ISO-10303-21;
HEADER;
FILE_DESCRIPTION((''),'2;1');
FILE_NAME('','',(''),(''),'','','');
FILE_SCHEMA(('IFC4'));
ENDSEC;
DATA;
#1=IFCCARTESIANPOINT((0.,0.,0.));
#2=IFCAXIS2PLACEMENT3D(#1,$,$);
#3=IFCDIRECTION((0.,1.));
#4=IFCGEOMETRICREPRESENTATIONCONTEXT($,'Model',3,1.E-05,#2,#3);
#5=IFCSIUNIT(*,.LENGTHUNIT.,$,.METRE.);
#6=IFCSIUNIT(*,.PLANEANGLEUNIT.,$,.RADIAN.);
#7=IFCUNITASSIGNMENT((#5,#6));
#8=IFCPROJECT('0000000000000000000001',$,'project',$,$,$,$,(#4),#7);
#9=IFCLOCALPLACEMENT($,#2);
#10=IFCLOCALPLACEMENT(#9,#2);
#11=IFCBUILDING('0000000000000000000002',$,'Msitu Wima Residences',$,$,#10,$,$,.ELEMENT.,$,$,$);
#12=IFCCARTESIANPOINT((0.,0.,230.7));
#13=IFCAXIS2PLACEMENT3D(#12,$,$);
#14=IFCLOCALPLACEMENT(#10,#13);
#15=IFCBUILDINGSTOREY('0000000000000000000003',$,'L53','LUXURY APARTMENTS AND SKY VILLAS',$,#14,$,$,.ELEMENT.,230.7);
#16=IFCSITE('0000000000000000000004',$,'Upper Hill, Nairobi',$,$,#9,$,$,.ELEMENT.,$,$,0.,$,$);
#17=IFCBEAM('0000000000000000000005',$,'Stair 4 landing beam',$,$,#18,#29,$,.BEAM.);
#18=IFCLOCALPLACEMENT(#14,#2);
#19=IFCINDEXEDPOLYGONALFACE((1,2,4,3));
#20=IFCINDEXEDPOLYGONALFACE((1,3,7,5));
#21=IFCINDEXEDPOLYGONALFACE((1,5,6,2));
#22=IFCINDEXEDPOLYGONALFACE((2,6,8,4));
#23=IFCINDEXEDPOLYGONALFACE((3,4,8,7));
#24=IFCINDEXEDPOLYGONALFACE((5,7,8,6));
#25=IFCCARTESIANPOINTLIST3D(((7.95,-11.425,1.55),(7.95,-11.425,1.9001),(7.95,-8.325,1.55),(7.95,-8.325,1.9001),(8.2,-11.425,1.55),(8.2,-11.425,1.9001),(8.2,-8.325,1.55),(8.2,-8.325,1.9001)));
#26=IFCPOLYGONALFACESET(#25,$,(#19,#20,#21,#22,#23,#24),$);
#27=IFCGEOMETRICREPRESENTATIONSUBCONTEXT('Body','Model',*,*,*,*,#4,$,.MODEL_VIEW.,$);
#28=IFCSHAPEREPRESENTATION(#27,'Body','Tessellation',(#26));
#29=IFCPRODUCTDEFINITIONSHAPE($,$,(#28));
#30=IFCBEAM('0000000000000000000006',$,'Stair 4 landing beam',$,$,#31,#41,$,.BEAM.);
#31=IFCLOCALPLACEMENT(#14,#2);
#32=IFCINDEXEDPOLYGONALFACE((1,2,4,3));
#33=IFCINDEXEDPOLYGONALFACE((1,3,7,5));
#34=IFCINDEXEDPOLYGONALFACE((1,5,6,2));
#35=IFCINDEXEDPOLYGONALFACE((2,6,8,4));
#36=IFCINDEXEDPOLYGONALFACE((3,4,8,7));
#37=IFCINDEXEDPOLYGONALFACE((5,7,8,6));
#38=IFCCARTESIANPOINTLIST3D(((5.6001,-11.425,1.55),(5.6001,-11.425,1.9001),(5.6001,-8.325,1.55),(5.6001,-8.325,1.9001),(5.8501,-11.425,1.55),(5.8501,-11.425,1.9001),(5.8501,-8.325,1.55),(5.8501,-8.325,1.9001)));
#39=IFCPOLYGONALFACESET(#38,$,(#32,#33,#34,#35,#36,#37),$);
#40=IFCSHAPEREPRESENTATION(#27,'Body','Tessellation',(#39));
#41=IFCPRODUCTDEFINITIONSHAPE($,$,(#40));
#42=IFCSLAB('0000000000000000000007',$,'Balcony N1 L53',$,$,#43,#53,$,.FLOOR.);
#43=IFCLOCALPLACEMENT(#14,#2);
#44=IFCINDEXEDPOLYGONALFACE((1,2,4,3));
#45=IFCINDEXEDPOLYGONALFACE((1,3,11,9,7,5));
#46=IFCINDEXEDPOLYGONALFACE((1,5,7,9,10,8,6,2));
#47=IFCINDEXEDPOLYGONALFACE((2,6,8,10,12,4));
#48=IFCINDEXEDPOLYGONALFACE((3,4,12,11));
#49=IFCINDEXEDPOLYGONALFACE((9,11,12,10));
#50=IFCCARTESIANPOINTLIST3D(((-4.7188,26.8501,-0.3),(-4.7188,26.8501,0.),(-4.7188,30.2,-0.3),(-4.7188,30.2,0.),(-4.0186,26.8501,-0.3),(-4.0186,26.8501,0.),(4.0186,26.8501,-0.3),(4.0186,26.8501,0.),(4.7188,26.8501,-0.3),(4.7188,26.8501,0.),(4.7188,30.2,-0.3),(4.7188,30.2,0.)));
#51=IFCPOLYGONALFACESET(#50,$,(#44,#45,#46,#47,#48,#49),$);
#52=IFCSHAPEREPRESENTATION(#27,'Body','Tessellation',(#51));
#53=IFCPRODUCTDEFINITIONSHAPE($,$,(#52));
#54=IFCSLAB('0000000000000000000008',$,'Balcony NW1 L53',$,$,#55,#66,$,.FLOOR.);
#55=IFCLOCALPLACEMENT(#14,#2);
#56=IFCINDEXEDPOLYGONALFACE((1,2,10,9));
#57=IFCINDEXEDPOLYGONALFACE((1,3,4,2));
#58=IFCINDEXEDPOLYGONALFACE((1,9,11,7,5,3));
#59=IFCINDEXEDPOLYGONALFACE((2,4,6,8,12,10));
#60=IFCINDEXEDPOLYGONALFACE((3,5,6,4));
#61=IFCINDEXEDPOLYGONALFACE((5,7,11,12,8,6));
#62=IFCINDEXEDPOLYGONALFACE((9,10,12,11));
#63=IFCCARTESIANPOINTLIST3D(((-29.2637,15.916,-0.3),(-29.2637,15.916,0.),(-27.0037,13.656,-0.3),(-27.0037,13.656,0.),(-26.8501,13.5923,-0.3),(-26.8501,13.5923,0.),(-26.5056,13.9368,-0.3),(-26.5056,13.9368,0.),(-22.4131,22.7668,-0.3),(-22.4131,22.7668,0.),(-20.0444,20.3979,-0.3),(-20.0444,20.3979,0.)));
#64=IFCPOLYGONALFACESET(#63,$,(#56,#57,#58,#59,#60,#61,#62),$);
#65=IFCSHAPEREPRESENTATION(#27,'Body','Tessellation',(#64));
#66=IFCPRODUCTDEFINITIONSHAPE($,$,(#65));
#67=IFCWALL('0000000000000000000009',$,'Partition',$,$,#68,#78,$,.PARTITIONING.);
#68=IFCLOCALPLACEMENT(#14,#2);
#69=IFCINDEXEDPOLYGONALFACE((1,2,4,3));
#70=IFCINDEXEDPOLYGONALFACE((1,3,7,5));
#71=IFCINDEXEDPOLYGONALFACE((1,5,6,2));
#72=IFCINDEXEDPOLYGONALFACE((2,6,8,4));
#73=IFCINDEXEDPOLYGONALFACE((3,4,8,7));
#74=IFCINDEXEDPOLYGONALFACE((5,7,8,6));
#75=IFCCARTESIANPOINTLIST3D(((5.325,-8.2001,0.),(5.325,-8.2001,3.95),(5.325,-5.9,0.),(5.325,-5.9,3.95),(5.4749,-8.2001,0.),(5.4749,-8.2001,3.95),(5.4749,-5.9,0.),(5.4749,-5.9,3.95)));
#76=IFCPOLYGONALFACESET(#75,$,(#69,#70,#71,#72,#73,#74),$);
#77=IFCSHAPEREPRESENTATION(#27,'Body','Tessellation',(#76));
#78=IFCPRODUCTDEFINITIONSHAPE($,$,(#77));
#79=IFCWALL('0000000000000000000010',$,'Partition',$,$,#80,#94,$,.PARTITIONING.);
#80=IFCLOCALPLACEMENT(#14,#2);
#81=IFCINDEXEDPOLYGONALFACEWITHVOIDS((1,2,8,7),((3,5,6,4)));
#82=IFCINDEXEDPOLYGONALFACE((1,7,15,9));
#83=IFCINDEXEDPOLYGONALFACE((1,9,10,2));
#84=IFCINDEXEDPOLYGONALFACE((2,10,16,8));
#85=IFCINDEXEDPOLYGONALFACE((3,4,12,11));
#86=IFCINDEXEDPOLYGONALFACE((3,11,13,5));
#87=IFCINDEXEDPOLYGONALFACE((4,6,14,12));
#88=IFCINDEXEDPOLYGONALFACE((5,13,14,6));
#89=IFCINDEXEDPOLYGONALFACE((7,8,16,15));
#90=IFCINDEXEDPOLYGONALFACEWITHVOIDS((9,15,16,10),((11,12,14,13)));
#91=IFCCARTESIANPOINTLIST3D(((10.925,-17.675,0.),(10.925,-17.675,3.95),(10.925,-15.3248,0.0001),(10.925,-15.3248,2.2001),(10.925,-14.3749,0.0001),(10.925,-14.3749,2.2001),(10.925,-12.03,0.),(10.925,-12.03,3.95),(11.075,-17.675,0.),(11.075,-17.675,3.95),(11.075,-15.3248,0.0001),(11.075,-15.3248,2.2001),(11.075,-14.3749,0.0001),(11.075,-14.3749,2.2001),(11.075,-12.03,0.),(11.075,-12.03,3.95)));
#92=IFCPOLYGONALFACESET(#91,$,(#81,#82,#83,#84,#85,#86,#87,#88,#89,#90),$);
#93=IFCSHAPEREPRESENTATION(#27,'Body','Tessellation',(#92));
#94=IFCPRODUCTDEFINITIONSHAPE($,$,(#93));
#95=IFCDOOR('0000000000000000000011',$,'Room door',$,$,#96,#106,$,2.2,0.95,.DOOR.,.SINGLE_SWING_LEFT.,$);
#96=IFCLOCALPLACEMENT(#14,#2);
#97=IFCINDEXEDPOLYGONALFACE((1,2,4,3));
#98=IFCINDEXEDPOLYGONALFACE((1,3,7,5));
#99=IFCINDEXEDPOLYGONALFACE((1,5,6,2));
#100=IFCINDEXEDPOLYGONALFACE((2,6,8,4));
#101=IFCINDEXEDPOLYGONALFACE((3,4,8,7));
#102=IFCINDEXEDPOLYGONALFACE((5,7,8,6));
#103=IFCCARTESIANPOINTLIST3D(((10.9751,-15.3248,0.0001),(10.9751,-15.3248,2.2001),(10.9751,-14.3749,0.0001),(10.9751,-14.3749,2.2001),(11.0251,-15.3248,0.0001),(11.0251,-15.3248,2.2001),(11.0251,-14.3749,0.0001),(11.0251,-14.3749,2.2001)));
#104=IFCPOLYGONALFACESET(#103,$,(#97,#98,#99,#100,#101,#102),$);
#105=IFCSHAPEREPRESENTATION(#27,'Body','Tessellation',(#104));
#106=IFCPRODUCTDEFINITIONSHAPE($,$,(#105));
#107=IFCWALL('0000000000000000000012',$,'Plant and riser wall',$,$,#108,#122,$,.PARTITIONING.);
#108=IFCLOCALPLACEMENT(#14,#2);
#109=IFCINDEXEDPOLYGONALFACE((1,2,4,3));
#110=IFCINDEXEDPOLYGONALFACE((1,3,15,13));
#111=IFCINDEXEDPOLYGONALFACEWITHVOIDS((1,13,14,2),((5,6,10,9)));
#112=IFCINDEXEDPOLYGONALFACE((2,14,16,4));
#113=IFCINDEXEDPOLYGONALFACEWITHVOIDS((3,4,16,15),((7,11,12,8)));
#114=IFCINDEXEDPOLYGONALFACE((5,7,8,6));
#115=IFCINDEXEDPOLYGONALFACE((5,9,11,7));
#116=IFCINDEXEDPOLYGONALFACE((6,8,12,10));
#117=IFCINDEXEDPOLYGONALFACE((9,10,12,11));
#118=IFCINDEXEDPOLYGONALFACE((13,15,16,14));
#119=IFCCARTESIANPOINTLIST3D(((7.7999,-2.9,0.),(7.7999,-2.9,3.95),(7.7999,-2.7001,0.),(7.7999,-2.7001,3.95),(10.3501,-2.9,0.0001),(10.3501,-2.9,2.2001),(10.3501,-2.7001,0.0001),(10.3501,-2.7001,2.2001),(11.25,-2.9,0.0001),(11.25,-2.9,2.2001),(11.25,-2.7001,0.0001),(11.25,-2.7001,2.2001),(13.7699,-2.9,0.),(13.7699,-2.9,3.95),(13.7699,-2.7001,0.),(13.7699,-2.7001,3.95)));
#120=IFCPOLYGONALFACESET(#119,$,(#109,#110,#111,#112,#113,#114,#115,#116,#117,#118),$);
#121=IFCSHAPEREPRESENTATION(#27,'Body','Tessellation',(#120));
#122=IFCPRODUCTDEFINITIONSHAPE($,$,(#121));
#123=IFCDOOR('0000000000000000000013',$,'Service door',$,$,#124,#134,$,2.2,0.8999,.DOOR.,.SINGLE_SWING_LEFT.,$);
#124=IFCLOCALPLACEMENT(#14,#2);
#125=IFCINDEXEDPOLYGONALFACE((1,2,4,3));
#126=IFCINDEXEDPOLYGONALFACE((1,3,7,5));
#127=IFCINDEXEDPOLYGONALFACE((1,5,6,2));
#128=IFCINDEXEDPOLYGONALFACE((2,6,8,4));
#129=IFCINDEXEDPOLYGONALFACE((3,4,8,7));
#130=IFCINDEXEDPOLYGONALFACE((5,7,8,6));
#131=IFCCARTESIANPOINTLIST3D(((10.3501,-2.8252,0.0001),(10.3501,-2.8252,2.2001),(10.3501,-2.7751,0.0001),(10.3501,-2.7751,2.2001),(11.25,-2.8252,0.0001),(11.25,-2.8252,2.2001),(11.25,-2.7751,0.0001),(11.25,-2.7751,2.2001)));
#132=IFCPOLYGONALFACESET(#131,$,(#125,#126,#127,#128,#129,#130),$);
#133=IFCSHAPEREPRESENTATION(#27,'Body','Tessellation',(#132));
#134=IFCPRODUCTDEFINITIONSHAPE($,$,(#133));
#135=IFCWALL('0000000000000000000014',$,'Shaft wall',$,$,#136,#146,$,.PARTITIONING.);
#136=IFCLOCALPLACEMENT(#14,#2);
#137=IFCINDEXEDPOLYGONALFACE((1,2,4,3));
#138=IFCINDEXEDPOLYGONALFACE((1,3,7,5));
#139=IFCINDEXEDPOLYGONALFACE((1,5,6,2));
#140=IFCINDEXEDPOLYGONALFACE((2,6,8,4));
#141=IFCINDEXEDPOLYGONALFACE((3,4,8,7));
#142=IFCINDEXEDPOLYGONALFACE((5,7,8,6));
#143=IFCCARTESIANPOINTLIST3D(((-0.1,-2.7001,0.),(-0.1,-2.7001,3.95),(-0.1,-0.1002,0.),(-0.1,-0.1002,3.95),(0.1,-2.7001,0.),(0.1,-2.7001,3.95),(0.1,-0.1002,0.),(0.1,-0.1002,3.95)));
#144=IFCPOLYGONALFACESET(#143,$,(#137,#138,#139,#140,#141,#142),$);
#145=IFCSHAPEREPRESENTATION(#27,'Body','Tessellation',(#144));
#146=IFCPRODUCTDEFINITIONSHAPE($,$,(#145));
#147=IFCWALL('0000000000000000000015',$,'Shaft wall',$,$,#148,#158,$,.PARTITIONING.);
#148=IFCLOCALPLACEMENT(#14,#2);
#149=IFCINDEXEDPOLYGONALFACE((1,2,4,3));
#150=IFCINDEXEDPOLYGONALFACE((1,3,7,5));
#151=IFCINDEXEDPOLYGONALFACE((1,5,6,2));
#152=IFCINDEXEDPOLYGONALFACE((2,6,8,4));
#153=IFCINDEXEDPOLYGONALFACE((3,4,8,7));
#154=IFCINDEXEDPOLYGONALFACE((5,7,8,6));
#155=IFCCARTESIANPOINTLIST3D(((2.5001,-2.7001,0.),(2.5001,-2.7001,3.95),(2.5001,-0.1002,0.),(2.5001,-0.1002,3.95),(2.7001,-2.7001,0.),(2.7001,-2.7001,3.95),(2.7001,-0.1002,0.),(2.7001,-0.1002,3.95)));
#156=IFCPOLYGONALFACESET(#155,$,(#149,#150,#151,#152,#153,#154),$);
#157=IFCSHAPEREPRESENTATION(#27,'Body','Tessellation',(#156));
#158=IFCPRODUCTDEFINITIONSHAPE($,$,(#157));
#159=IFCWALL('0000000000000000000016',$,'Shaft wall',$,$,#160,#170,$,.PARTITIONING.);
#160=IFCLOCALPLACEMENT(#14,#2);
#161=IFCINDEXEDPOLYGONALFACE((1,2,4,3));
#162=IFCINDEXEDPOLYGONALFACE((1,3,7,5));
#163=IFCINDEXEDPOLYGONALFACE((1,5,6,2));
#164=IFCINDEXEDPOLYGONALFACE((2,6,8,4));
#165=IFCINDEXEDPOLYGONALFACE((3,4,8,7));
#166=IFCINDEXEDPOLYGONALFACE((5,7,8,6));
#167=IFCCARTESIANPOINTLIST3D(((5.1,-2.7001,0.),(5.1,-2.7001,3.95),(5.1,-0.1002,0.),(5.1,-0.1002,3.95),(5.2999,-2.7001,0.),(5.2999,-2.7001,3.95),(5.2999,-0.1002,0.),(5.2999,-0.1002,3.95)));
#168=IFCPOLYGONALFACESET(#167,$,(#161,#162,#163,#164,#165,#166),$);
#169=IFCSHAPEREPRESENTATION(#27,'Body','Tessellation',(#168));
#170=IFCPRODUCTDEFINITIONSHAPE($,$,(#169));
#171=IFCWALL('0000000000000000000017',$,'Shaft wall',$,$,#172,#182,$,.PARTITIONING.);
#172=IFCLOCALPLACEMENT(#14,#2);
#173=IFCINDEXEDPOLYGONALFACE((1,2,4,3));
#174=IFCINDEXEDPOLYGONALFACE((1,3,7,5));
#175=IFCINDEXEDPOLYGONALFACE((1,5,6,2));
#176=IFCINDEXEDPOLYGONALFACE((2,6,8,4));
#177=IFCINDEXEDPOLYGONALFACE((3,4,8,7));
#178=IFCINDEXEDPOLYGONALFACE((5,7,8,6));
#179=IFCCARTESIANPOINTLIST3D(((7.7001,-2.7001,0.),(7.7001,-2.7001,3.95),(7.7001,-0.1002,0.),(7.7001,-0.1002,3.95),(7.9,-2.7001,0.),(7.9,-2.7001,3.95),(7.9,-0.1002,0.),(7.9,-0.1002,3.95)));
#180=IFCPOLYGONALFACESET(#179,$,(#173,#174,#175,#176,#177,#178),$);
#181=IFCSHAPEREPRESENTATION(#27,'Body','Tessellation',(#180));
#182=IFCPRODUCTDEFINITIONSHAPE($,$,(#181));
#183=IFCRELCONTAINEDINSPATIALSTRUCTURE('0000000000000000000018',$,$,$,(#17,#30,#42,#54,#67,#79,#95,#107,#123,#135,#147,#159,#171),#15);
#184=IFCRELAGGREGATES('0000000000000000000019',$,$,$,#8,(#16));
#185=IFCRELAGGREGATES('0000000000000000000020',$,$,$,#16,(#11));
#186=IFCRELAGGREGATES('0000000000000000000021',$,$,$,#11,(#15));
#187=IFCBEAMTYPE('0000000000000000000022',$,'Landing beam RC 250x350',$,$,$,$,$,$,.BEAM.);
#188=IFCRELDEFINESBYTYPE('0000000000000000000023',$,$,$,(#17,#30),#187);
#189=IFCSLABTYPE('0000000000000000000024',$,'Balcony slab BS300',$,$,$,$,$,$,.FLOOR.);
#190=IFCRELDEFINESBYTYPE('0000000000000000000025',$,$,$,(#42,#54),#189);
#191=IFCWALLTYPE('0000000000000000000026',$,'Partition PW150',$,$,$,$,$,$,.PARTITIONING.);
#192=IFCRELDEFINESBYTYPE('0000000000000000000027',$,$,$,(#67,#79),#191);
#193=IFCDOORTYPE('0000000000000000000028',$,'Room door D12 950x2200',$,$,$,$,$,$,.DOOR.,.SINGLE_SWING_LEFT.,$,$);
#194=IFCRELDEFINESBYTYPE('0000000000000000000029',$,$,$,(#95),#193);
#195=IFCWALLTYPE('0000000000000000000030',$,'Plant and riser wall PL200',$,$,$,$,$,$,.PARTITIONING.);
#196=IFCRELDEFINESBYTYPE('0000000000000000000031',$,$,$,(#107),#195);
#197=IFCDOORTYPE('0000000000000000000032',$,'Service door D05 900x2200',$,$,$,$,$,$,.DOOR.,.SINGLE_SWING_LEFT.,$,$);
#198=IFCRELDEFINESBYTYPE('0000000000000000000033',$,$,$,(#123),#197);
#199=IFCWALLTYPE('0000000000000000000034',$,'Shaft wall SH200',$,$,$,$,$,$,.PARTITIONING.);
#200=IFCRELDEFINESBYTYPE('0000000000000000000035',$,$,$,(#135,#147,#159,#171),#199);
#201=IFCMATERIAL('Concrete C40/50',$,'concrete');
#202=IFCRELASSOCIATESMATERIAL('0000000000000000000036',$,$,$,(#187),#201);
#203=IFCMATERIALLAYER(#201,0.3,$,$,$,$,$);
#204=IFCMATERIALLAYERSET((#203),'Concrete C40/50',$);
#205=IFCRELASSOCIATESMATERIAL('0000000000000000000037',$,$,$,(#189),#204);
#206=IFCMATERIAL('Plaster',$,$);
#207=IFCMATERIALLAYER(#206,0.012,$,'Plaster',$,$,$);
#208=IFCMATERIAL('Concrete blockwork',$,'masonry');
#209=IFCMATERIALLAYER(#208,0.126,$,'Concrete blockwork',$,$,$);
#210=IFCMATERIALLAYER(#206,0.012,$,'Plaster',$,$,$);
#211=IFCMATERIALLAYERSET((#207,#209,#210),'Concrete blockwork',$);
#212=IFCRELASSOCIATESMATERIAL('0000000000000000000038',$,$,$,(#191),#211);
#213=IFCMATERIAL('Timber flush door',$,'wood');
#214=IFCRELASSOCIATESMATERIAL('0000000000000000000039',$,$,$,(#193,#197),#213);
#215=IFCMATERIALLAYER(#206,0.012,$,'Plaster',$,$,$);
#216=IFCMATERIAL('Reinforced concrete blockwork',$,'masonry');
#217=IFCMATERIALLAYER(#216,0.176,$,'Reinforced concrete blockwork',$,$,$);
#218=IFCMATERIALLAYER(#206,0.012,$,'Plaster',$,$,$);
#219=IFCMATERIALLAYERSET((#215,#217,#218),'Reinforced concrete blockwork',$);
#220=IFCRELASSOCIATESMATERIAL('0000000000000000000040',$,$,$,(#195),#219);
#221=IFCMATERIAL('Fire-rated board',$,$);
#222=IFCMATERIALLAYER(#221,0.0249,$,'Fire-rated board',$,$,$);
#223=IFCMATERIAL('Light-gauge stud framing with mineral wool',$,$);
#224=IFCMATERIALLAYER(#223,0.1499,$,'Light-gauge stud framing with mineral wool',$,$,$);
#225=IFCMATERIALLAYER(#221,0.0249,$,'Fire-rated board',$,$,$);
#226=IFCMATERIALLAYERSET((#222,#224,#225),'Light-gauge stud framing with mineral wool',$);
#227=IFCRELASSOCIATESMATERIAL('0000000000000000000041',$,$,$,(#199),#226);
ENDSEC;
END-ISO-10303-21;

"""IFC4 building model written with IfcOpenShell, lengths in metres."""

from ifc_helpers import new_model, si_unit, direction, frame, frame_2d, origin, origin_2d, place, context, subcontext, project, spatial, polyline, rectangle, outline, extrude, material, layer, layer_set, material_profile, profile_set, type_object, element, fill, save


model = new_model("IFC4")

# Units and contexts
model_context = context("Model", 3, precision=1e-05, world=origin(), true_north=direction((0.0, 1.0)))
body_context = subcontext(model_context, "Body", "Model", "MODEL_VIEW")
ifc_project = project(units=[si_unit("LENGTHUNIT", "METRE"), si_unit("PLANEANGLEUNIT", "RADIAN")], contexts=[model_context])

# Site, building, storey
site_placement = place(None, origin())
site = spatial("IfcSite", under=ifc_project, at=site_placement, Name="Upper Hill, Nairobi", CompositionType="ELEMENT", RefElevation=0.0)
building_placement = place(site_placement, origin())
building = spatial("IfcBuilding", under=site, at=building_placement, Name="Msitu Wima Residences", CompositionType="ELEMENT")
storey_placement = place(building_placement, frame((0.0, 0.0, 230.7)))
storey = spatial("IfcBuildingStorey", under=building, at=storey_placement, Name="L53", Description="LUXURY APARTMENTS AND SKY VILLAS", CompositionType="ELEMENT", Elevation=230.7)

# Beams
ifc_material_1 = material(Name="Concrete C40/50", Category="concrete")
ifc_material_profile = material_profile(ifc_material_1, rectangle(XDim=0.25, YDim=0.3501, at=origin_2d()), Name="RC 250x350")
ifc_profile_set = profile_set([ifc_material_profile], Name="Concrete C40/50")
beam_type = type_object("IfcBeamType", Name="Landing beam RC 250x350", PredefinedType="BEAM", material=ifc_profile_set)
for number, where, z_axis, x_axis, name in (
    (1, (8.075, -11.425, 1.7251), (0.0, 1.0, 0.0), (-1.0, 0.0, 0.0), "Stair 4 landing beam"),
    (2, (5.7251, -11.425, 1.7251), (0.0, 1.0, 0.0), (-1.0, 0.0, 0.0), "Stair 4 landing beam"),
):
    element("IfcBeam", number, at=place(storey_placement, frame(where, z_axis=z_axis, x_axis=x_axis)), inside=storey, type_object=beam_type, Name=name, PredefinedType="BEAM", context=body_context, shape_type="SweptSolid", body=[
        extrude(rectangle(XDim=0.25, YDim=0.3501, at=origin_2d()), origin(), (0.0, 0.0, 1.0), 3.1001),
    ])

# Slabs
ifc_layer_1 = layer(ifc_material_1, 0.3)
ifc_layer_set_1 = layer_set([ifc_layer_1], Name="Concrete C40/50")
slab_type = type_object("IfcSlabType", Name="Balcony slab BS300", PredefinedType="FLOOR", material=ifc_layer_set_1)
slab_1_placement = place(storey_placement, frame((0.0, 0.0, -0.3)))
element("IfcSlab", 3, at=slab_1_placement, inside=storey, type_object=slab_type, Name="Balcony N1 L53", PredefinedType="FLOOR", context=body_context, shape_type="SweptSolid", body=[
    extrude(outline(polyline([(4.0186, 26.8501), (-4.0186, 26.8501), (-4.7188, 26.8501), (-4.7188, 30.2), (4.7188, 30.2), (4.7188, 26.8501), (4.0186, 26.8501)])), origin(), (0.0, 0.0, 1.0), 0.3),
])
slab_2_placement = place(storey_placement, frame((0.0, 0.0, -0.3)))
element("IfcSlab", 4, at=slab_2_placement, inside=storey, type_object=slab_type, Name="Balcony NW1 L53", PredefinedType="FLOOR", context=body_context, shape_type="SweptSolid", body=[
    extrude(outline(polyline([(-26.5056, 13.9368), (-26.5056, 13.9368), (-26.8501, 13.5923), (-27.0037, 13.656), (-29.2637, 15.916), (-22.4131, 22.7668), (-20.0444, 20.3979), (-26.5056, 13.9368), (-26.5056, 13.9368)])), origin(), (0.0, 0.0, 1.0), 0.3),
])

# Wall
ifc_material_2 = material(Name="Plaster")
ifc_layer_2 = layer(ifc_material_2, 0.012, Name="Plaster")
ifc_material_3 = material(Name="Concrete blockwork", Category="masonry")
ifc_layer_3 = layer(ifc_material_3, 0.126, Name="Concrete blockwork")
ifc_layer_4 = layer(ifc_material_2, 0.012, Name="Plaster")
ifc_layer_set_2 = layer_set([ifc_layer_2, ifc_layer_3, ifc_layer_4], Name="Concrete blockwork")
wall_type_1 = type_object("IfcWallType", Name="Partition PW150", PredefinedType="PARTITIONING", material=ifc_layer_set_2)
wall_1_placement = place(storey_placement, frame((5.3999, -8.2, 0.0), z_axis=(0.0, 0.0, 1.0), x_axis=(0.0, 1.0, 0.0)))
element("IfcWall", 5, at=wall_1_placement, inside=storey, type_object=wall_type_1, Name="Partition", PredefinedType="PARTITIONING", context=body_context, shape_type="SweptSolid", body=[
    extrude(rectangle(XDim=2.3, YDim=0.1499, at=frame_2d((1.1499, 0.0))), origin(), (0.0, 0.0, 1.0), 3.95),
])

# Walls, openings, doors
wall_2_placement = place(storey_placement, frame((11.0, -17.675, 0.0), z_axis=(0.0, 0.0, 1.0), x_axis=(0.0, 1.0, 0.0)))
wall_2 = element("IfcWall", 6, at=wall_2_placement, inside=storey, type_object=wall_type_1, Name="Partition", PredefinedType="PARTITIONING", context=body_context, shape_type="SweptSolid", body=[
    extrude(rectangle(XDim=5.645, YDim=0.1499, at=frame_2d((2.8225, 0.0))), origin(), (0.0, 0.0, 1.0), 3.95),
])
opening_1_placement = place(wall_2_placement, frame((2.3501, 0.0, 0.0)))
opening_1 = element("IfcOpeningElement", 7, at=opening_1_placement, cuts=wall_2, PredefinedType="OPENING", context=body_context, shape_type="SweptSolid", body=[
    extrude(rectangle(XDim=0.95, YDim=2.2, at=frame_2d((0.4751, 1.1001))), frame((0.0, 0.085, 0.0), z_axis=(0.0, -1.0, 0.0), x_axis=(1.0, 0.0, 0.0)), (0.0, 0.0, 1.0), 0.1699),
])
ifc_material_4 = material(Name="Timber flush door", Category="wood")
door_type_1 = type_object("IfcDoorType", Name="Room door D12 950x2200", OperationType="SINGLE_SWING_LEFT", PredefinedType="DOOR", material=ifc_material_4)
door_1_placement = place(opening_1_placement, origin())
door_1 = element("IfcDoor", 8, at=door_1_placement, inside=storey, type_object=door_type_1, Name="Room door", OperationType="SINGLE_SWING_LEFT", OverallHeight=2.2, OverallWidth=0.95, PredefinedType="DOOR", context=body_context, shape_type="SweptSolid", body=[
    extrude(rectangle(XDim=0.95, YDim=2.2, at=frame_2d((0.4751, 1.1001))), frame((0.0, 0.0249, 0.0), z_axis=(0.0, -1.0, 0.0), x_axis=(1.0, 0.0, 0.0)), (0.0, 0.0, 1.0), 0.05),
])
fill(opening_1, door_1)
ifc_layer_5 = layer(ifc_material_2, 0.012, Name="Plaster")
ifc_material_5 = material(Name="Reinforced concrete blockwork", Category="masonry")
ifc_layer_6 = layer(ifc_material_5, 0.176, Name="Reinforced concrete blockwork")
ifc_layer_7 = layer(ifc_material_2, 0.012, Name="Plaster")
ifc_layer_set_3 = layer_set([ifc_layer_5, ifc_layer_6, ifc_layer_7], Name="Reinforced concrete blockwork")
wall_type_2 = type_object("IfcWallType", Name="Plant and riser wall PL200", PredefinedType="PARTITIONING", material=ifc_layer_set_3)
wall_3_placement = place(storey_placement, frame((7.8, -2.8, 0.0), z_axis=(0.0, 0.0, 1.0), x_axis=(1.0, 0.0, 0.0)))
wall_3 = element("IfcWall", 9, at=wall_3_placement, inside=storey, type_object=wall_type_2, Name="Plant and riser wall", PredefinedType="PARTITIONING", context=body_context, shape_type="SweptSolid", body=[
    extrude(rectangle(XDim=5.97, YDim=0.2, at=frame_2d((2.9849, 0.0))), origin(), (0.0, 0.0, 1.0), 3.95),
])
opening_2_placement = place(wall_3_placement, frame((2.55, 0.0, 0.0)))
opening_2 = element("IfcOpeningElement", 10, at=opening_2_placement, cuts=wall_3, PredefinedType="OPENING", context=body_context, shape_type="SweptSolid", body=[
    extrude(rectangle(XDim=0.8999, YDim=2.2, at=frame_2d((0.45, 1.1001))), frame((0.0, 0.1099, 0.0), z_axis=(0.0, -1.0, 0.0), x_axis=(1.0, 0.0, 0.0)), (0.0, 0.0, 1.0), 0.22),
])
door_type_2 = type_object("IfcDoorType", Name="Service door D05 900x2200", OperationType="SINGLE_SWING_LEFT", PredefinedType="DOOR", material=ifc_material_4)
door_2_placement = place(opening_2_placement, origin())
door_2 = element("IfcDoor", 11, at=door_2_placement, inside=storey, type_object=door_type_2, Name="Service door", OperationType="SINGLE_SWING_LEFT", OverallHeight=2.2, OverallWidth=0.8999, PredefinedType="DOOR", context=body_context, shape_type="SweptSolid", body=[
    extrude(rectangle(XDim=0.8999, YDim=2.2, at=frame_2d((0.45, 1.1001))), frame((0.0, 0.0249, 0.0), z_axis=(0.0, -1.0, 0.0), x_axis=(1.0, 0.0, 0.0)), (0.0, 0.0, 1.0), 0.05),
])
fill(opening_2, door_2)

# Walls
ifc_material_6 = material(Name="Fire-rated board")
ifc_layer_8 = layer(ifc_material_6, 0.0249, Name="Fire-rated board")
ifc_material_7 = material(Name="Light-gauge stud framing with mineral wool")
ifc_layer_9 = layer(ifc_material_7, 0.1499, Name="Light-gauge stud framing with mineral wool")
ifc_layer_10 = layer(ifc_material_6, 0.0249, Name="Fire-rated board")
ifc_layer_set_4 = layer_set([ifc_layer_8, ifc_layer_9, ifc_layer_10], Name="Light-gauge stud framing with mineral wool")
wall_type_3 = type_object("IfcWallType", Name="Shaft wall SH200", PredefinedType="PARTITIONING", material=ifc_layer_set_4)
for number, where, z_axis, x_axis, name in (
    (12, (0.0, -2.7, 0.0), (0.0, 0.0, 1.0), (0.0, 1.0, 0.0), "Shaft wall"),
    (13, (2.6001, -2.7, 0.0), (0.0, 0.0, 1.0), (0.0, 1.0, 0.0), "Shaft wall"),
    (14, (5.2, -2.7, 0.0), (0.0, 0.0, 1.0), (0.0, 1.0, 0.0), "Shaft wall"),
    (15, (7.8, -2.7, 0.0), (0.0, 0.0, 1.0), (0.0, 1.0, 0.0), "Shaft wall"),
):
    element("IfcWall", number, at=place(storey_placement, frame(where, z_axis=z_axis, x_axis=x_axis)), inside=storey, type_object=wall_type_3, Name=name, PredefinedType="PARTITIONING", context=body_context, shape_type="SweptSolid", body=[
        extrude(rectangle(XDim=2.5999, YDim=0.2, at=frame_2d((1.2998, 0.0))), origin(), (0.0, 0.0, 1.0), 3.95),
    ])

save(model, "model.ifc")
